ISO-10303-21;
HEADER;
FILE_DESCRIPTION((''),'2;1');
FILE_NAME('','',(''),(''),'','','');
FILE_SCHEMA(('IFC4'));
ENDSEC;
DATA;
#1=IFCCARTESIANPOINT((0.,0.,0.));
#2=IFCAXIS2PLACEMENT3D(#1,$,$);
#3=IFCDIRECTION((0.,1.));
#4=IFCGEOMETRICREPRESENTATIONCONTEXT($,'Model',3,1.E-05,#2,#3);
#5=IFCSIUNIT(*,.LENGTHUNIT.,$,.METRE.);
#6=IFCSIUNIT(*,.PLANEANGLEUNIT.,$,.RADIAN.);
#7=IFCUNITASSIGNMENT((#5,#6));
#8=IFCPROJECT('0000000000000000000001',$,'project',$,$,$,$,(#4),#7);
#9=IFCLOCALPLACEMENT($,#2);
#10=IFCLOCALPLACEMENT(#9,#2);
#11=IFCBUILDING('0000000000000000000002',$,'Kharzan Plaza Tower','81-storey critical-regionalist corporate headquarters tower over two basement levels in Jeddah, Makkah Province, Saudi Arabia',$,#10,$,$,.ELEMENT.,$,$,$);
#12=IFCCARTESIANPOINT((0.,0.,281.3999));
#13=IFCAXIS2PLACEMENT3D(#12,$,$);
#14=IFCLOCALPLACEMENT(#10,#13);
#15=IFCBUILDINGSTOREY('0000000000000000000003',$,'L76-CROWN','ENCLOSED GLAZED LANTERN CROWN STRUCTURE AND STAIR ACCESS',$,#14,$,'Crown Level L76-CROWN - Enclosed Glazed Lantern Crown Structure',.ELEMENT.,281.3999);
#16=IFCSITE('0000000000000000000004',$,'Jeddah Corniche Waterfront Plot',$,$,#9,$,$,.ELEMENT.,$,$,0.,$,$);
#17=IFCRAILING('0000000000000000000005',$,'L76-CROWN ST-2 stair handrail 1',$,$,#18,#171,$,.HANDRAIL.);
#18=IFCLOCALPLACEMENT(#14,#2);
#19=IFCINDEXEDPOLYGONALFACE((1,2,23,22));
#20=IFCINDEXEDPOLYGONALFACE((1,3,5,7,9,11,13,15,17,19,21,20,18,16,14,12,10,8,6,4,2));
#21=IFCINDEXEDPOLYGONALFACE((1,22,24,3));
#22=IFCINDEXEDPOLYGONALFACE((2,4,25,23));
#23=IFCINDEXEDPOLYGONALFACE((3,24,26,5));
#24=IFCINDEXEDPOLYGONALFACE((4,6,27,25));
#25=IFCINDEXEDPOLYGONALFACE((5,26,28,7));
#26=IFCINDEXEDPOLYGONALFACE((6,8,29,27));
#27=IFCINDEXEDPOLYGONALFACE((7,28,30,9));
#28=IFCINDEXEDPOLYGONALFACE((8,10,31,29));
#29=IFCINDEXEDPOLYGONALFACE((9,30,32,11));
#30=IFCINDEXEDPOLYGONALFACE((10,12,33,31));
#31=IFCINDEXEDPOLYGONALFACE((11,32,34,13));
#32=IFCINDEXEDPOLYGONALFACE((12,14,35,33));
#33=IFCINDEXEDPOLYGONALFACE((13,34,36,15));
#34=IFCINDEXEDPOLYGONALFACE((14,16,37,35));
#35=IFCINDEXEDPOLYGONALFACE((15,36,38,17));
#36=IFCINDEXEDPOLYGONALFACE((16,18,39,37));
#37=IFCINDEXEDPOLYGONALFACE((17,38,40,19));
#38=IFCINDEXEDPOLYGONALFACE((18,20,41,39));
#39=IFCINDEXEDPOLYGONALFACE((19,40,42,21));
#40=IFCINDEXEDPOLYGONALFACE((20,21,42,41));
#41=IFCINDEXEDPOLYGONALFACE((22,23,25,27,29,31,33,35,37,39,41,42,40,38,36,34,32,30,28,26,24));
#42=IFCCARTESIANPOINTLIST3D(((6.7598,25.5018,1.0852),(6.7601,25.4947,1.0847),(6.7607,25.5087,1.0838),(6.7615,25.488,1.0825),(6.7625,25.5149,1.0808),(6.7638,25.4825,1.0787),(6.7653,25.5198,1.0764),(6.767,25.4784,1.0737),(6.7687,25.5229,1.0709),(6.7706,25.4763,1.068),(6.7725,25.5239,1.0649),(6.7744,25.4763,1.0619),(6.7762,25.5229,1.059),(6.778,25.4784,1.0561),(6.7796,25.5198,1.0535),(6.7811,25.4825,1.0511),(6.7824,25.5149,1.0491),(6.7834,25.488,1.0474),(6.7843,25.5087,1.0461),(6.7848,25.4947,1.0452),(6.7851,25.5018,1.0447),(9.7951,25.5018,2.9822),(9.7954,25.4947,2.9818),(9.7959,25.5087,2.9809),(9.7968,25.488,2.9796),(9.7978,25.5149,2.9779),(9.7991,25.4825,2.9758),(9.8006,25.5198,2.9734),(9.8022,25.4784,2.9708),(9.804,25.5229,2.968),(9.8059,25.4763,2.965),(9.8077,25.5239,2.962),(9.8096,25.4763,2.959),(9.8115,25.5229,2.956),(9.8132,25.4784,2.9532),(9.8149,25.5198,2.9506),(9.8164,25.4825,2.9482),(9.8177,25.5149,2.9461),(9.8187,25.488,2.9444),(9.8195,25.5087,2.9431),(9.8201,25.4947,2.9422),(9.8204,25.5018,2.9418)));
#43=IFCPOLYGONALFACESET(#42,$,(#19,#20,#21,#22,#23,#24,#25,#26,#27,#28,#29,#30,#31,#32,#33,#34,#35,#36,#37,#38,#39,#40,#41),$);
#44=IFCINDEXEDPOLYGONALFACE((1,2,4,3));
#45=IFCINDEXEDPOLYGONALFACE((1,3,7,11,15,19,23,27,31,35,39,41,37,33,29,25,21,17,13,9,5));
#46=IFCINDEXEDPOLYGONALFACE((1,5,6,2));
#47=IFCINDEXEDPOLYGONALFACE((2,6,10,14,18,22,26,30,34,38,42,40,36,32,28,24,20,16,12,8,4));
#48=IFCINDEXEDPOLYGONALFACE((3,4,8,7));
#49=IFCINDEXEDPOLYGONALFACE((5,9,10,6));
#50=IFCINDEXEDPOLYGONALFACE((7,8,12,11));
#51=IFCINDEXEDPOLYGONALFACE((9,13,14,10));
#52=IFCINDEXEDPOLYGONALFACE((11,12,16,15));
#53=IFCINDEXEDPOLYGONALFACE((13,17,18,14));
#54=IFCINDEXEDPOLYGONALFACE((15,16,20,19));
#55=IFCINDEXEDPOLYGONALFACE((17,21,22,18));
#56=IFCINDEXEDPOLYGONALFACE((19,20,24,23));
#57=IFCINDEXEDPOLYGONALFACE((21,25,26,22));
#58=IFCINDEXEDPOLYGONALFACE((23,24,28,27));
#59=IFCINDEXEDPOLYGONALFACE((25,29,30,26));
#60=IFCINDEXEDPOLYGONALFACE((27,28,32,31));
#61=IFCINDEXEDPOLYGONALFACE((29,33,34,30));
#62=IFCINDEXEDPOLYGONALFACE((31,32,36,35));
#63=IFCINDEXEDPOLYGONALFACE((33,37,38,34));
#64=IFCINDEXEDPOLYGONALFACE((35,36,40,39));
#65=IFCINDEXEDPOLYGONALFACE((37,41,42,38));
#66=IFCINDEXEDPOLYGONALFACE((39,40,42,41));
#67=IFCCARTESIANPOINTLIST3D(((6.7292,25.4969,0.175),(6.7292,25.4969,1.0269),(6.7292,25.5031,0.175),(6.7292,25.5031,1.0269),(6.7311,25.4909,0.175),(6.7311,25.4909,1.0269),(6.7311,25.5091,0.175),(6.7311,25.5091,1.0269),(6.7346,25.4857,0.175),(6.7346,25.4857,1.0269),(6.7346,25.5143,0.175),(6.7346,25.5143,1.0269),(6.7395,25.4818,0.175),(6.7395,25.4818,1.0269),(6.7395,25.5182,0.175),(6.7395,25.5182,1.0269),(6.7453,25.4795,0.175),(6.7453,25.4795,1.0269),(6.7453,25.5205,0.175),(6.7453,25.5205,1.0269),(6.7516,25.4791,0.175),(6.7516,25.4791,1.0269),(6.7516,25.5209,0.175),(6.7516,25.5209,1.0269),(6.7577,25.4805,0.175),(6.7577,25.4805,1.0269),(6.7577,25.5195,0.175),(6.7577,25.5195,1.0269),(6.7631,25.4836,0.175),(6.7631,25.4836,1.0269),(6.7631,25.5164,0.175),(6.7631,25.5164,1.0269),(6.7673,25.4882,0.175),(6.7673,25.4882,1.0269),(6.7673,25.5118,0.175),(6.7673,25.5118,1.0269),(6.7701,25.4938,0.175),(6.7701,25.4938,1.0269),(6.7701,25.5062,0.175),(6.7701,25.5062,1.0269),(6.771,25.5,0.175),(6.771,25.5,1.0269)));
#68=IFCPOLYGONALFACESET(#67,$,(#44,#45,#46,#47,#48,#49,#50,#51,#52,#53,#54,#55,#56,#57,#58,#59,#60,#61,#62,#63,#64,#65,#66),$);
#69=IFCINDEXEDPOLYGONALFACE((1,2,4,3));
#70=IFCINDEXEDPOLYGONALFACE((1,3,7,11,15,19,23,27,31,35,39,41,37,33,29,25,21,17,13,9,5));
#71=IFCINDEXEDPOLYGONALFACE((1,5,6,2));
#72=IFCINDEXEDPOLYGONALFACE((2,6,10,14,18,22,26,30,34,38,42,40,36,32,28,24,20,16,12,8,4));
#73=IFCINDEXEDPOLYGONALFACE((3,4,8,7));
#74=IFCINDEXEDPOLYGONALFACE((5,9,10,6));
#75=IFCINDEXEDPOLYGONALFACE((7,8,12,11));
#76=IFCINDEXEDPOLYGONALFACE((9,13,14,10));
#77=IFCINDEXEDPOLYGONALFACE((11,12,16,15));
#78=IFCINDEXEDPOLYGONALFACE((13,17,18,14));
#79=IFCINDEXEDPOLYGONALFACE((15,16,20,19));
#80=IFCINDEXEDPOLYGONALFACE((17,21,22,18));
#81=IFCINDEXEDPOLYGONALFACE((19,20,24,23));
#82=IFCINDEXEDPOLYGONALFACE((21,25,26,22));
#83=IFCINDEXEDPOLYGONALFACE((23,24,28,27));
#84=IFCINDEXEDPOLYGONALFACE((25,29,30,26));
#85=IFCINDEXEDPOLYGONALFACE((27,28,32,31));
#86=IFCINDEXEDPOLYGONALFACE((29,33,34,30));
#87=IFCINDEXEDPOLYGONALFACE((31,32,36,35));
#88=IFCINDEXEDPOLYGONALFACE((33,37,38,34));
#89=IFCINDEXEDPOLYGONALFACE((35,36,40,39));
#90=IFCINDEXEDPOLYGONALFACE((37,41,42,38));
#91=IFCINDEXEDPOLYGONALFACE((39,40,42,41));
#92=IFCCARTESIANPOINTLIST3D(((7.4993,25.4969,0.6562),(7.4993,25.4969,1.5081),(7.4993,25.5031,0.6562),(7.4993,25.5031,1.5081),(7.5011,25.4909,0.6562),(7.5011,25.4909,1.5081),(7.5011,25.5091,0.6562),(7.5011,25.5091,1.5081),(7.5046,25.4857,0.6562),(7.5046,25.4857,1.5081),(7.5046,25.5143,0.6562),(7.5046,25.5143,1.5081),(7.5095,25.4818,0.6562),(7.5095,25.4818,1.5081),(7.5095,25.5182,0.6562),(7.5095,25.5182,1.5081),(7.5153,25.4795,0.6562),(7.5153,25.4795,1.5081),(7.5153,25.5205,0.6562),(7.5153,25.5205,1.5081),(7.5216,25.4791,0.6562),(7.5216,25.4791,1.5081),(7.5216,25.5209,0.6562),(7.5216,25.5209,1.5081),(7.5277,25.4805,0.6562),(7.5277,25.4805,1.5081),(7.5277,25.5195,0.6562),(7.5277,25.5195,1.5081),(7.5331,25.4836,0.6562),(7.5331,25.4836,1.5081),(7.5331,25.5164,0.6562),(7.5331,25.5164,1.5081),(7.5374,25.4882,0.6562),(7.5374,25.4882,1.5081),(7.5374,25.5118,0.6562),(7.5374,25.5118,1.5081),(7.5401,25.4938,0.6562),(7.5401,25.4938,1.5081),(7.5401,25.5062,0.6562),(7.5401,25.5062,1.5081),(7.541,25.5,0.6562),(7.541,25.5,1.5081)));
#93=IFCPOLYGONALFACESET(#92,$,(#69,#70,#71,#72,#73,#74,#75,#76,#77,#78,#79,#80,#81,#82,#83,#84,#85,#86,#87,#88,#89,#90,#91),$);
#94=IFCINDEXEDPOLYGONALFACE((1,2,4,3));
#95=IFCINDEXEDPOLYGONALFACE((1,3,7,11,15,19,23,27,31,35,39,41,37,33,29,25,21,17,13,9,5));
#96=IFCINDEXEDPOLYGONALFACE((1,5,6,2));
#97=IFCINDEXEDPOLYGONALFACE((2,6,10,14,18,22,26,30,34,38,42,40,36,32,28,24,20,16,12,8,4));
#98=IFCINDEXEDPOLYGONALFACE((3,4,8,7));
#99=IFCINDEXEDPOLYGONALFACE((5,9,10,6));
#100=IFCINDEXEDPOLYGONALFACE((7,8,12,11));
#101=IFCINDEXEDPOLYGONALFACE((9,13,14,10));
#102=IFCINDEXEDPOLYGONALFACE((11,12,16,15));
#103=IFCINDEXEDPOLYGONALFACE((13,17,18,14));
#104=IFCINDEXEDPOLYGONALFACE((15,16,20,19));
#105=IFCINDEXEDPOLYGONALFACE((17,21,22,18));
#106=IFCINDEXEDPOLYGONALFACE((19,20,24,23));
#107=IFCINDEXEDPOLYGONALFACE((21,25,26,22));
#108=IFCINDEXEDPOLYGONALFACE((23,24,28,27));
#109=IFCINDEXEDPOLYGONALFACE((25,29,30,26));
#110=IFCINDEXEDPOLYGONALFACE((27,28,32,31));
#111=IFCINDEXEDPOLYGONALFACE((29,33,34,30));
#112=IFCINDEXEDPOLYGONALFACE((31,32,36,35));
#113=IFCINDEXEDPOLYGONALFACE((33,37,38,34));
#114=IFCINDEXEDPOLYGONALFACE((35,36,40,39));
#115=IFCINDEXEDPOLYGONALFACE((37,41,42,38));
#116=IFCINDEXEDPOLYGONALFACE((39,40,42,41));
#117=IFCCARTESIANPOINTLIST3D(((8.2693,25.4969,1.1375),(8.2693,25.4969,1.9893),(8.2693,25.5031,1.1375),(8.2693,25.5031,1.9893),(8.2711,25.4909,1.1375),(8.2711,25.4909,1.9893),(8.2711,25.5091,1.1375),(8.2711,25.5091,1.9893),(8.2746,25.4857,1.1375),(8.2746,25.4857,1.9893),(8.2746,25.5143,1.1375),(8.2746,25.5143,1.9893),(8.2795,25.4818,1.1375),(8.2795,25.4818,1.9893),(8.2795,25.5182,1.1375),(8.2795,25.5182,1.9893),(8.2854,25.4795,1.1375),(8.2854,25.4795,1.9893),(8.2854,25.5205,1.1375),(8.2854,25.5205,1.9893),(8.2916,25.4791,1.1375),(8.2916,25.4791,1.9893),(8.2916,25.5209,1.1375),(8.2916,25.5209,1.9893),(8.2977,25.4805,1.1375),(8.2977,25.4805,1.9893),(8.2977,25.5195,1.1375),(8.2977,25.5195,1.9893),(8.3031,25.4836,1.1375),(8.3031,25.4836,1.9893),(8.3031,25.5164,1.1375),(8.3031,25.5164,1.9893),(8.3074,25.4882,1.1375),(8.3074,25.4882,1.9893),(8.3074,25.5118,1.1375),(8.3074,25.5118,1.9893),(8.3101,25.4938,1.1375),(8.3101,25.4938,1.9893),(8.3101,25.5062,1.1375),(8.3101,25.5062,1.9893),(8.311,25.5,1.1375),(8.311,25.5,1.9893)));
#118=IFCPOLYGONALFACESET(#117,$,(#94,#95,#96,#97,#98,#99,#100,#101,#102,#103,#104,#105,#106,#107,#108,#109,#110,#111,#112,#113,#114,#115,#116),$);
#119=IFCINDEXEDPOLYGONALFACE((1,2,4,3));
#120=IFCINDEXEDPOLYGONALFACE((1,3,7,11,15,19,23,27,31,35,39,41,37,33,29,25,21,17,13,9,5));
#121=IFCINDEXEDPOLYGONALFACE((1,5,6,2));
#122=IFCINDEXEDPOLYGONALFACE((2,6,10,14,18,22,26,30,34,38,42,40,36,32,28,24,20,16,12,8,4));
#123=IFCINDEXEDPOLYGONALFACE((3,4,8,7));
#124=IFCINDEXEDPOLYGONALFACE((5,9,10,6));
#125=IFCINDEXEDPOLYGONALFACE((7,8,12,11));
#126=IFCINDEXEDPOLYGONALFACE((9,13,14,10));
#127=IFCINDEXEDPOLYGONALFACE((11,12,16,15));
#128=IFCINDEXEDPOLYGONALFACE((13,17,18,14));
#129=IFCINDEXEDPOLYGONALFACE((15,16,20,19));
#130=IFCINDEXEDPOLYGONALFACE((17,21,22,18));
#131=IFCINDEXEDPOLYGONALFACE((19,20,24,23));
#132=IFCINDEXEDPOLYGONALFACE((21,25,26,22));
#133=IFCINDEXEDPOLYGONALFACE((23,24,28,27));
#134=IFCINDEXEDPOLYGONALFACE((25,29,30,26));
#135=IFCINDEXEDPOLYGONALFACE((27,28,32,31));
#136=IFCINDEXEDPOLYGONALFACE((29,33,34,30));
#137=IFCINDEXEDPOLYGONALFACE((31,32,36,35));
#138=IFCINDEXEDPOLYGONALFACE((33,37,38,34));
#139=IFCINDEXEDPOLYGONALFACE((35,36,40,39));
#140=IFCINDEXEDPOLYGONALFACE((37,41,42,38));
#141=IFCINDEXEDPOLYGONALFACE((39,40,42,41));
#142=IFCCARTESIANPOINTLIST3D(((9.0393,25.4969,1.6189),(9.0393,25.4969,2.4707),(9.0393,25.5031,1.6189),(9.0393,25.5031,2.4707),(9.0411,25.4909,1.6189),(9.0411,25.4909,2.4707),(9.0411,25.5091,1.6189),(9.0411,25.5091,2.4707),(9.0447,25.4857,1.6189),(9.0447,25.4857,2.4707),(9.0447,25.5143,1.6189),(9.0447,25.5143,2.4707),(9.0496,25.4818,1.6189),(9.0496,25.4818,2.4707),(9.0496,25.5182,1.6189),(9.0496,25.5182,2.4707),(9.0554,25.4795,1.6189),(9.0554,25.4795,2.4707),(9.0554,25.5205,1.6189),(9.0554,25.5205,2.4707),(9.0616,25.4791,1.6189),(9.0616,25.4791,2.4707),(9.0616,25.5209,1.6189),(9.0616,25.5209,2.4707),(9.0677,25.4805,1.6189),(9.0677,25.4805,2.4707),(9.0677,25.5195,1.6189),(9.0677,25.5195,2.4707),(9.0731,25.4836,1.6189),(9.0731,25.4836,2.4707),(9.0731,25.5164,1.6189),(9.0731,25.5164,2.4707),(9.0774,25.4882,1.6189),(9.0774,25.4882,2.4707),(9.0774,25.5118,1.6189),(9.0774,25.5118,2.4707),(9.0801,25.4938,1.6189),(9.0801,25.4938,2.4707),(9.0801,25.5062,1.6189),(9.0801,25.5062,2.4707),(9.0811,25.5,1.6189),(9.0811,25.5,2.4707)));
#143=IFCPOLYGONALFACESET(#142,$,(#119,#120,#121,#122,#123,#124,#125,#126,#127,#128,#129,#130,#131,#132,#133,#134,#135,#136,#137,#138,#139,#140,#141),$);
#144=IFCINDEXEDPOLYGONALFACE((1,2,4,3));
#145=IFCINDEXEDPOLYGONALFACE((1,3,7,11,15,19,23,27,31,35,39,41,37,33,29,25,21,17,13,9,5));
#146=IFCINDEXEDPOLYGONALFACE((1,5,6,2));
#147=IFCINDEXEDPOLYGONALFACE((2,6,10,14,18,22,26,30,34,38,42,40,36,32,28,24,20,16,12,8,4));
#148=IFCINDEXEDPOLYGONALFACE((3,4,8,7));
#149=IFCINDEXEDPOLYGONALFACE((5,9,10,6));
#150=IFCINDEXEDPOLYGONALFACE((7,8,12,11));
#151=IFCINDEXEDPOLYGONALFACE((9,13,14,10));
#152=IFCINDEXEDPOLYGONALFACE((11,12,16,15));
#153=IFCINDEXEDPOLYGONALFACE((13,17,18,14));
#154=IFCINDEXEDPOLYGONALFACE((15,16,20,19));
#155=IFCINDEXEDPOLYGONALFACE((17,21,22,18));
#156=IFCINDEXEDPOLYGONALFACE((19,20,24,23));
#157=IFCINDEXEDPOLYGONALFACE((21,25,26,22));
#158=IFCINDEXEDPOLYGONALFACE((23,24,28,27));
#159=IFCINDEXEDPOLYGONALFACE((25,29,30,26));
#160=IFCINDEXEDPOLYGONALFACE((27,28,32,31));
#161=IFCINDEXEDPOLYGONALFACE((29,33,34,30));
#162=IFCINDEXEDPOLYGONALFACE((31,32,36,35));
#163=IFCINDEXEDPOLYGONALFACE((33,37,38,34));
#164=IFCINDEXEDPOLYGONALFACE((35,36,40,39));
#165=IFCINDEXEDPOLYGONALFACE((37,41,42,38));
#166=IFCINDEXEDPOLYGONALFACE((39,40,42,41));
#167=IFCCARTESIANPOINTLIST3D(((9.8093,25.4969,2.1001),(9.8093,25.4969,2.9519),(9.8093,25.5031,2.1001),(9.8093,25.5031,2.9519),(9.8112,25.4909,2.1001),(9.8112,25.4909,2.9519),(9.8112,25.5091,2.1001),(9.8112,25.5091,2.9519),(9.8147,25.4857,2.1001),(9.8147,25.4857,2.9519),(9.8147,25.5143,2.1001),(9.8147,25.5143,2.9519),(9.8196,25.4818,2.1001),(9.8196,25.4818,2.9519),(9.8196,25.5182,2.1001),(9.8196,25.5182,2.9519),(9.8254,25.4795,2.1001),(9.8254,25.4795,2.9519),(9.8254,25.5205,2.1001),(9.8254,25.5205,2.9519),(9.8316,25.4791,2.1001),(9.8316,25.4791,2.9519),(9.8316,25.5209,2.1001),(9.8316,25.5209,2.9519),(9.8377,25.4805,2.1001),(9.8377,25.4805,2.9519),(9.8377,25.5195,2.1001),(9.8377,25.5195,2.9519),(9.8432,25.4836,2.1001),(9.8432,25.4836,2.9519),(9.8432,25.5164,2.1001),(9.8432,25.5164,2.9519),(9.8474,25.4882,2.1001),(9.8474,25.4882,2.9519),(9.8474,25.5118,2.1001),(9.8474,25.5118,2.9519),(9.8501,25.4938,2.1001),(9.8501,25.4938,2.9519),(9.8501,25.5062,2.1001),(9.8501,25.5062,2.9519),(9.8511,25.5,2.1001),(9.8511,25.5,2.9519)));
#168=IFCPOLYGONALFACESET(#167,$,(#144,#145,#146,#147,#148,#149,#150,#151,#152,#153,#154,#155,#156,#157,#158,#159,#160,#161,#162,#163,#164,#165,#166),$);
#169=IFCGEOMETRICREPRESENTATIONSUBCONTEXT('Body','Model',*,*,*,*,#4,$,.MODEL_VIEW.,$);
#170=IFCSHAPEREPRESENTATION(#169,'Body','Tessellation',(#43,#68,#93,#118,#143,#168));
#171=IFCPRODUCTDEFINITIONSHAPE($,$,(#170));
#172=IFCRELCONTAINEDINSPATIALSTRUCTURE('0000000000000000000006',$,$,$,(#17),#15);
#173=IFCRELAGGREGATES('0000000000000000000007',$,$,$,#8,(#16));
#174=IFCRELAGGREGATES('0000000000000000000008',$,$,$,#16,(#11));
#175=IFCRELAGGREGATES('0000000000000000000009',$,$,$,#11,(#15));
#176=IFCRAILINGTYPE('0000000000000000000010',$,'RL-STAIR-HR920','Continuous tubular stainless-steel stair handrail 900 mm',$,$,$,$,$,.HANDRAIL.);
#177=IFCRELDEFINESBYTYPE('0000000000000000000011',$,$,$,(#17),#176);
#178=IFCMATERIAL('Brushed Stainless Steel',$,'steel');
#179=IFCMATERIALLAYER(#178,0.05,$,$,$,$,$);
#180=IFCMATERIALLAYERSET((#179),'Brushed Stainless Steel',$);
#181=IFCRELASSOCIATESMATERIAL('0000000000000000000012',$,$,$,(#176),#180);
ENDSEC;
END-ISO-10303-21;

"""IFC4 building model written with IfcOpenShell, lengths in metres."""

from ifc_helpers import new_model, si_unit, direction, frame, origin, origin_2d, place, context, subcontext, project, spatial, circle, extrude, source, transform, mapped, material, layer, layer_set, type_object, element, save


model = new_model("IFC4")

# Units and contexts
model_context = context("Model", 3, precision=1e-05, world=origin(), true_north=direction((0.0, 1.0)))
body_context = subcontext(model_context, "Body", "Model", "MODEL_VIEW")
ifc_project = project(units=[si_unit("LENGTHUNIT", "METRE"), si_unit("PLANEANGLEUNIT", "RADIAN")], contexts=[model_context])

# Site, building, storey
site_placement = place(None, origin())
site = spatial("IfcSite", under=ifc_project, at=site_placement, Name="Jeddah Corniche Waterfront Plot", CompositionType="ELEMENT", RefElevation=0.0)
building_placement = place(site_placement, origin())
building = spatial("IfcBuilding", under=site, at=building_placement, Name="Kharzan Plaza Tower", Description="81-storey critical-regionalist corporate headquarters tower over two basement levels in Jeddah, Makkah Province, Saudi Arabia", CompositionType="ELEMENT")
storey_placement = place(building_placement, frame((0.0, 0.0, 281.3999)))
storey = spatial("IfcBuildingStorey", under=building, at=storey_placement, Name="L76-CROWN", Description="ENCLOSED GLAZED LANTERN CROWN STRUCTURE AND STAIR ACCESS", LongName="Crown Level L76-CROWN - Enclosed Glazed Lantern Crown Structure", CompositionType="ELEMENT", Elevation=281.3999)

# Railing
ifc_material_1 = material(Name="Brushed Stainless Steel", Category="steel")
ifc_layer_1 = layer(ifc_material_1, 0.05)
ifc_layer_set_1 = layer_set([ifc_layer_1], Name="Brushed Stainless Steel")
railing_type_1 = type_object("IfcRailingType", Name="RL-STAIR-HR920", Description="Continuous tubular stainless-steel stair handrail 900 mm", PredefinedType="HANDRAIL", material=ifc_layer_set_1)
shared_shape_1 = source(origin(), body_context, "Body", "SweptSolid", [
    extrude(circle(Radius=0.0239, at=origin_2d()), frame((0.0225, 0.0, 0.8899), z_axis=(0.847998, 0.0, 0.529999), x_axis=(0.0, 1.0, 0.0)), (0.0, 0.0, 1.0), 3.5793),
    extrude(circle(Radius=0.021, at=origin_2d()), origin(), (0.0, 0.0, 1.0), 0.8518),
    extrude(circle(Radius=0.021, at=origin_2d()), frame((0.77, 0.0, 0.4812)), (0.0, 0.0, 1.0), 0.8518),
    extrude(circle(Radius=0.021, at=origin_2d()), frame((1.54, 0.0, 0.9624)), (0.0, 0.0, 1.0), 0.8518),
    extrude(circle(Radius=0.021, at=origin_2d()), frame((2.3101, 0.0, 1.4438)), (0.0, 0.0, 1.0), 0.8518),
    extrude(circle(Radius=0.021, at=origin_2d()), frame((3.0801, 0.0, 1.925)), (0.0, 0.0, 1.0), 0.8518),
])
railing_1_placement = place(storey_placement, frame((6.75, 25.5, 0.175)))
element("IfcRailing", 1, at=railing_1_placement, inside=storey, type_object=railing_type_1, Name="L76-CROWN ST-2 stair handrail 1", PredefinedType="HANDRAIL", context=body_context, shape_type="MappedRepresentation", body=[
    mapped(shared_shape_1, transform((0.0, 0.0, 0.0), x_axis=(1.0, 0.0, 0.0), y_axis=(0.0, 1.0, 0.0), z_axis=(0.0, 0.0, 1.0))),
])

save(model, "model.ifc")
